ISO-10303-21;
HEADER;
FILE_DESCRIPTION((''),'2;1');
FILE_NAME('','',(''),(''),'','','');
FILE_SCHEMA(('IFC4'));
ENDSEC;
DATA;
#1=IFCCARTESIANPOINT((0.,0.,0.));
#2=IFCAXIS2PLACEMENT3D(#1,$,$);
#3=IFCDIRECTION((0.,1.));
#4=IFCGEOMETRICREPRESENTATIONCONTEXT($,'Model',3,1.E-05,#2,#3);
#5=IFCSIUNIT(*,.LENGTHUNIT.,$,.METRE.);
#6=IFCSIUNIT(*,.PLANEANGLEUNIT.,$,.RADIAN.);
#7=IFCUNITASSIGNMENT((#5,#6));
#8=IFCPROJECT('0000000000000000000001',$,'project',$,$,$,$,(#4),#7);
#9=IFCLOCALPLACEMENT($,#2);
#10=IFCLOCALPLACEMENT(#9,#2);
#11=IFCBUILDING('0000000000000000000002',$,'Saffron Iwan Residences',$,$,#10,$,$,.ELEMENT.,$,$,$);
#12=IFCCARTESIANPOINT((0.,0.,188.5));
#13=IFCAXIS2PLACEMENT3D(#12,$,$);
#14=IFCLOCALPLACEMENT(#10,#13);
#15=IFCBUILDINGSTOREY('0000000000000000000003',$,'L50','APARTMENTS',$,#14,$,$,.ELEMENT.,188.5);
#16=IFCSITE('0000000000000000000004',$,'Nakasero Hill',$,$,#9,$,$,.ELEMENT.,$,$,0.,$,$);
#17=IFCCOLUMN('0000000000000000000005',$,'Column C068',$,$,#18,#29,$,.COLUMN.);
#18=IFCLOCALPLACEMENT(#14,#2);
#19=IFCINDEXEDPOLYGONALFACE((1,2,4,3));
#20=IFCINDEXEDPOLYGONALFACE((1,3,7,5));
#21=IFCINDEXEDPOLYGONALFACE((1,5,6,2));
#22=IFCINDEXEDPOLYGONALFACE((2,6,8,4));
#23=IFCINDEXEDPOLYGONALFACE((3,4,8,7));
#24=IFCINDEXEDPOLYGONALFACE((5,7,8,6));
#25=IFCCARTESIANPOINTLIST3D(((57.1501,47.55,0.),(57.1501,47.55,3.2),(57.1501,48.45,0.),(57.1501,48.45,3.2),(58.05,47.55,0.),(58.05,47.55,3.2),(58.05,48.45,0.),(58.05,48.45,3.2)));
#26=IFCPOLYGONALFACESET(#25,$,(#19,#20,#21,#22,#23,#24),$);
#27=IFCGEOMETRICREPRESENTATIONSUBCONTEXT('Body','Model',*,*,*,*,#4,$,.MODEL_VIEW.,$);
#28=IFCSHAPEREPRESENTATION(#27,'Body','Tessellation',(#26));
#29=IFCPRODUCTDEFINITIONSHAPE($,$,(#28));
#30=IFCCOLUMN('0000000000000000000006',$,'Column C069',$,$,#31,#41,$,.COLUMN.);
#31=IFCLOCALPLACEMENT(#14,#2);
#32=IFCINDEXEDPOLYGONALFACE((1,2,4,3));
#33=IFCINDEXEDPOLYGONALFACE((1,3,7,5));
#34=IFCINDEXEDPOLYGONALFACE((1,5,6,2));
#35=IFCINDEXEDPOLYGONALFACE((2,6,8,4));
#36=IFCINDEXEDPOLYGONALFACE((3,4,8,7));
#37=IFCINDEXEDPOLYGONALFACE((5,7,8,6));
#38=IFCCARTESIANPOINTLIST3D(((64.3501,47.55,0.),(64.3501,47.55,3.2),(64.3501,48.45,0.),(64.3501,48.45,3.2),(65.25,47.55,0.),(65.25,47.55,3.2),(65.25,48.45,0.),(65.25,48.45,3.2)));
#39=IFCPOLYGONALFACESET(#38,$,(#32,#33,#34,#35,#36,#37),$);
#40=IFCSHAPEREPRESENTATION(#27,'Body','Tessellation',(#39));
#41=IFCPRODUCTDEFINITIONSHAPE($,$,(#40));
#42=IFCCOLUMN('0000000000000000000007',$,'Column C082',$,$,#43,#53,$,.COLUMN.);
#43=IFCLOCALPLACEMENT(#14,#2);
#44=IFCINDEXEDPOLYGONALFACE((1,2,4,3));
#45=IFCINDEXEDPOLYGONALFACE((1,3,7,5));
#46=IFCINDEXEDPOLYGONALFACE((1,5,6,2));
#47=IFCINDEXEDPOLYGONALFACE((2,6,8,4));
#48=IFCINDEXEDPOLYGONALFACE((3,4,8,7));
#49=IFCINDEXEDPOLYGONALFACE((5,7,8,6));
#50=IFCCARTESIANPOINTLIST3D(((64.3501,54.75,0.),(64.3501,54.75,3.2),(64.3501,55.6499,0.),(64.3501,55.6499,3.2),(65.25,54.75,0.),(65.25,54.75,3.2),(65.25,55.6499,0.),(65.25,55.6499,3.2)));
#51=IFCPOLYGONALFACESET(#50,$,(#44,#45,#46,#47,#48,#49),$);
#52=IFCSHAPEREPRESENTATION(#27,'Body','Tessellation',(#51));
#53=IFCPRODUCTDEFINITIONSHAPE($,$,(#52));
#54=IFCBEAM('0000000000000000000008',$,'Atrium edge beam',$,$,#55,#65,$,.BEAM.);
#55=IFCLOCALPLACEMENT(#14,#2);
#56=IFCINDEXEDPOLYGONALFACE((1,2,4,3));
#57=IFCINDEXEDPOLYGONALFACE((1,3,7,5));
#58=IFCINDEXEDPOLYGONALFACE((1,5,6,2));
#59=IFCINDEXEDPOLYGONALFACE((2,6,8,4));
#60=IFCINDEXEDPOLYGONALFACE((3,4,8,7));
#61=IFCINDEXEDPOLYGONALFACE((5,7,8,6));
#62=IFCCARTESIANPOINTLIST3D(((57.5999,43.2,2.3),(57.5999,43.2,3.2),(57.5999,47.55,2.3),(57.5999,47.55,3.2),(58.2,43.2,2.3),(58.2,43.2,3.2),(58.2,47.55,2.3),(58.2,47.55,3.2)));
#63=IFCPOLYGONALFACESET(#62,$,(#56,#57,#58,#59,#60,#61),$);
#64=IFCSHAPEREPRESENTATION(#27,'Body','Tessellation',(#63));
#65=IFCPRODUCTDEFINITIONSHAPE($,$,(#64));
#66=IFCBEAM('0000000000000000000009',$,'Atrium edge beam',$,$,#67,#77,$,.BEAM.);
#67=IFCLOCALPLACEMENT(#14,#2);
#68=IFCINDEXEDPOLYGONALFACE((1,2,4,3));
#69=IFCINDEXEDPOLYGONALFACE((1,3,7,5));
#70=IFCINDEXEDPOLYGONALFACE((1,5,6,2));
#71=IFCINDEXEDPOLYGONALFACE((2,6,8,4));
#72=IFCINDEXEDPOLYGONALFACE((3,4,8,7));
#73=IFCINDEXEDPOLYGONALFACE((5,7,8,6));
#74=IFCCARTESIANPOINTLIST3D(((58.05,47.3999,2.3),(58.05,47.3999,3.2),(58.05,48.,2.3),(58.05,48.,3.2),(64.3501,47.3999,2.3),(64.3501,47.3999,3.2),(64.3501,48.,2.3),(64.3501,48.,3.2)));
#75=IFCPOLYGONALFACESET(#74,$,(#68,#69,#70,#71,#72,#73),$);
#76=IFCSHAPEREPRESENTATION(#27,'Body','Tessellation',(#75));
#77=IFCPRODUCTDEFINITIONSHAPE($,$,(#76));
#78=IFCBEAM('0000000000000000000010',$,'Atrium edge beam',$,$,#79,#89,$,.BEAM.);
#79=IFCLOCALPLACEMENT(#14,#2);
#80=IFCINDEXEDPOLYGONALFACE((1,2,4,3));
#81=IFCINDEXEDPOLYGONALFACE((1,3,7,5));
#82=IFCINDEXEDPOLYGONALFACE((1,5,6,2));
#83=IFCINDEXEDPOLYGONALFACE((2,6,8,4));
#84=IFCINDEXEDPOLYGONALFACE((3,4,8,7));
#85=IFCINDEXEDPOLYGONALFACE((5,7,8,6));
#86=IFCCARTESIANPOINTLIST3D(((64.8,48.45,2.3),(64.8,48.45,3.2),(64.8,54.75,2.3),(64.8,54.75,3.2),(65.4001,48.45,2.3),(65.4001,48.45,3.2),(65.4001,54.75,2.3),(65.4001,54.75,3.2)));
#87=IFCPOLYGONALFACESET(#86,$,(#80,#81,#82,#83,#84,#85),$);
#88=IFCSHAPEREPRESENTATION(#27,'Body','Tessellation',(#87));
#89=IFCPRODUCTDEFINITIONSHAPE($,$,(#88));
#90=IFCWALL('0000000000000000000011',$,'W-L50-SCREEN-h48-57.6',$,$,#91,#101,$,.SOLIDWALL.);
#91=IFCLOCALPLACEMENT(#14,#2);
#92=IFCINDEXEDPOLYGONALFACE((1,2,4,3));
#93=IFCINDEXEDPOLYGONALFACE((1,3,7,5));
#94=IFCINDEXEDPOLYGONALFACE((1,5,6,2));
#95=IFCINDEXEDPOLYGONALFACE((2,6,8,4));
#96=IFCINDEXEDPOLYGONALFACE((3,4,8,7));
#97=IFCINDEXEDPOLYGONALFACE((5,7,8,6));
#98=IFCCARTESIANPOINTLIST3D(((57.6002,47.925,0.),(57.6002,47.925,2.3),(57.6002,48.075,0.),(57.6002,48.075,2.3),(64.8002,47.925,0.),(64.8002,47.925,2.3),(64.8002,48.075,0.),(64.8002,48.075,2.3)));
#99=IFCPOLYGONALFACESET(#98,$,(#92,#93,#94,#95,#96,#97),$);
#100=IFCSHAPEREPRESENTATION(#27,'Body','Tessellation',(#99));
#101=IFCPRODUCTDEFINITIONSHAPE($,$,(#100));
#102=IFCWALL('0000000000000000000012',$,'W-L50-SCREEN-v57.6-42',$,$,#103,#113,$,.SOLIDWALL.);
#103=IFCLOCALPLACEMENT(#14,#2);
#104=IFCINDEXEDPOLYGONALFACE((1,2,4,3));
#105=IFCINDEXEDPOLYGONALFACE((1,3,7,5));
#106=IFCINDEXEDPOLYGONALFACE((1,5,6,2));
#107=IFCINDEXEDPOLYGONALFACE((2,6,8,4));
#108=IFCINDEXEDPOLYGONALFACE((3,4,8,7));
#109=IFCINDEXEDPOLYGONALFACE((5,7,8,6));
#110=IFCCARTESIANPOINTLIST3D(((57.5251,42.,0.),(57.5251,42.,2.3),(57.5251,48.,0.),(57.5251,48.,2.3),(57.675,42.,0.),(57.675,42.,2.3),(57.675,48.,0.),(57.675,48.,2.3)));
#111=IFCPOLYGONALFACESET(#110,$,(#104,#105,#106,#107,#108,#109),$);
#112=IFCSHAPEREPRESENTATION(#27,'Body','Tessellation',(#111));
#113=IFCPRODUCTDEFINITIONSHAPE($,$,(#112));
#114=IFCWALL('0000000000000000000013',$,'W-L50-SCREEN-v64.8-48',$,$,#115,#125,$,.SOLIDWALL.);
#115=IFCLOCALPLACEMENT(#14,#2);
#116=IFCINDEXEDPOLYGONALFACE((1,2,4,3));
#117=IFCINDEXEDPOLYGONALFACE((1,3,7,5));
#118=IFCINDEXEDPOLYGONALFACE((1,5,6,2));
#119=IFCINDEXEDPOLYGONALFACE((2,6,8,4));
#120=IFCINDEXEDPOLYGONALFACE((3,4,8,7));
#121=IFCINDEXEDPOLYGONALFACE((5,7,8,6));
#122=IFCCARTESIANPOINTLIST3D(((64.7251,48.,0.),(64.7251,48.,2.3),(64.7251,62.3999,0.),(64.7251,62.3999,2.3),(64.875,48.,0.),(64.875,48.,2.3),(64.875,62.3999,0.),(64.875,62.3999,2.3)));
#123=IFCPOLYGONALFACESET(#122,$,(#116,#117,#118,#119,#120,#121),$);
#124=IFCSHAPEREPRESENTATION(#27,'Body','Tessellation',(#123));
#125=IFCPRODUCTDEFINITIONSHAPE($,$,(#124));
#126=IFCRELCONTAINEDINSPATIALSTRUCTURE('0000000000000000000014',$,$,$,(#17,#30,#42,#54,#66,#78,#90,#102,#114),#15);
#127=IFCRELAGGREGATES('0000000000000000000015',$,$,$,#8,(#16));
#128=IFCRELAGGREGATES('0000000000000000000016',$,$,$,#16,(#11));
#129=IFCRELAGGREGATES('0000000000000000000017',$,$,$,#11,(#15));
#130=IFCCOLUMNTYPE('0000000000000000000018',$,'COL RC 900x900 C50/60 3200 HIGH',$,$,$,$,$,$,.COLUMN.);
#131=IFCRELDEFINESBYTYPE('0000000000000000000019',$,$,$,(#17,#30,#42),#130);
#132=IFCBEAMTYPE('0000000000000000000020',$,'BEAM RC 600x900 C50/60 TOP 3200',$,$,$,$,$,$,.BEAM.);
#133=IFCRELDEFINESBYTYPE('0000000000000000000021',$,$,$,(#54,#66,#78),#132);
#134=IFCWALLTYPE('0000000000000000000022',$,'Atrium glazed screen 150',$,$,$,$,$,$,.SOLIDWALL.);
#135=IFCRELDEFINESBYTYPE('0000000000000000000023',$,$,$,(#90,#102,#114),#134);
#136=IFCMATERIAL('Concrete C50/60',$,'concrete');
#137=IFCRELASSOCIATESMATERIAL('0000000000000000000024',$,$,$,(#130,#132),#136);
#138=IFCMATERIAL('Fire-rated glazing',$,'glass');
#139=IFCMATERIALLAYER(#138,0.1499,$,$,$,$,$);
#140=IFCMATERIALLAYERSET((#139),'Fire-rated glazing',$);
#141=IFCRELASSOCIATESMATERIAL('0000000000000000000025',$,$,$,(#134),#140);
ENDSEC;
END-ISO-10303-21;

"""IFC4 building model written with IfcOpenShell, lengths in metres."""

from ifc_helpers import new_model, si_unit, direction, frame, frame_2d, origin, origin_2d, place, context, subcontext, project, spatial, rectangle, extrude, source, transform, mapped, material, layer, layer_set, material_profile, profile_set, type_object, element, save


model = new_model("IFC4")

# Units and contexts
model_context = context("Model", 3, precision=1e-05, world=origin(), true_north=direction((0.0, 1.0)))
body_context = subcontext(model_context, "Body", "Model", "MODEL_VIEW")
ifc_project = project(units=[si_unit("LENGTHUNIT", "METRE"), si_unit("PLANEANGLEUNIT", "RADIAN")], contexts=[model_context])

# Site, building, storey
site_placement = place(None, origin())
site = spatial("IfcSite", under=ifc_project, at=site_placement, Name="Nakasero Hill", CompositionType="ELEMENT", RefElevation=0.0)
building_placement = place(site_placement, origin())
building = spatial("IfcBuilding", under=site, at=building_placement, Name="Saffron Iwan Residences", CompositionType="ELEMENT")
storey_placement = place(building_placement, frame((0.0, 0.0, 188.5)))
storey = spatial("IfcBuildingStorey", under=building, at=storey_placement, Name="L50", Description="APARTMENTS", CompositionType="ELEMENT", Elevation=188.5)

# Columns
ifc_material_1 = material(Name="Concrete C50/60", Category="concrete")
ifc_material_profile_1 = material_profile(ifc_material_1, rectangle(XDim=0.8999, YDim=0.8999, at=origin_2d()), Name="RC 900x900")
ifc_profile_set_1 = profile_set([ifc_material_profile_1], Name="Concrete C50/60")
column_type = type_object("IfcColumnType", Name="COL RC 900x900 C50/60 3200 HIGH", PredefinedType="COLUMN", material=ifc_profile_set_1)
shared_shape_1 = source(origin(), body_context, "Body", "SweptSolid", [
    extrude(rectangle(XDim=0.8999, YDim=0.8999, at=origin_2d()), origin(), (0.0, 0.0, 1.0), 3.2),
])
for number, where, z_axis, x_axis, name in (
    (1, (57.6001, 48.0, 0.0), (0.0, 0.0, 1.0), (1.0, 0.0, 0.0), "Column C068"),
    (2, (64.8, 48.0, 0.0), (0.0, 0.0, 1.0), (1.0, 0.0, 0.0), "Column C069"),
    (3, (64.8, 55.2, 0.0), (0.0, 0.0, 1.0), (1.0, 0.0, 0.0), "Column C082"),
):
    element("IfcColumn", number, at=place(storey_placement, frame(where, z_axis=z_axis, x_axis=x_axis)), inside=storey, type_object=column_type, Name=name, PredefinedType="COLUMN", context=body_context, shape_type="MappedRepresentation", body=[
        mapped(shared_shape_1, transform((0.0, 0.0, 0.0))),
    ])

# Beams
ifc_material_profile_2 = material_profile(ifc_material_1, rectangle(XDim=0.6001, YDim=0.8999, at=origin_2d()), Name="RC 600x900")
ifc_profile_set_2 = profile_set([ifc_material_profile_2], Name="Concrete C50/60")
beam_type = type_object("IfcBeamType", Name="BEAM RC 600x900 C50/60 TOP 3200", PredefinedType="BEAM", material=ifc_profile_set_2)
shared_shape_2 = source(origin(), body_context, "Body", "SweptSolid", [
    extrude(rectangle(XDim=0.6001, YDim=0.8999, at=origin_2d()), origin(), (0.0, 0.0, 1.0), 4.3501),
])
beam_placement = place(storey_placement, frame((57.8999, 47.55, 2.75), z_axis=(0.0, -1.0, 0.0), x_axis=(1.0, 0.0, 0.0)))
element("IfcBeam", 4, at=beam_placement, inside=storey, type_object=beam_type, Name="Atrium edge beam", PredefinedType="BEAM", context=body_context, shape_type="MappedRepresentation", body=[
    mapped(shared_shape_2, transform((0.0, 0.0, 0.0))),
])
shared_shape_3 = source(origin(), body_context, "Body", "SweptSolid", [
    extrude(rectangle(XDim=0.6001, YDim=0.8999, at=origin_2d()), origin(), (0.0, 0.0, 1.0), 6.3),
])
for number, where, z_axis, x_axis, name in (
    (5, (64.3501, 47.7, 2.75), (-1.0, 0.0, 0.0), (0.0, -1.0, 0.0), "Atrium edge beam"),
    (6, (65.1001, 54.75, 2.75), (0.0, -1.0, 0.0), (1.0, 0.0, 0.0), "Atrium edge beam"),
):
    element("IfcBeam", number, at=place(storey_placement, frame(where, z_axis=z_axis, x_axis=x_axis)), inside=storey, type_object=beam_type, Name=name, PredefinedType="BEAM", context=body_context, shape_type="MappedRepresentation", body=[
        mapped(shared_shape_3, transform((0.0, 0.0, 0.0))),
    ])

# Walls
ifc_material_2 = material(Name="Fire-rated glazing", Category="glass")
ifc_layer_1 = layer(ifc_material_2, 0.1499)
ifc_layer_set_1 = layer_set([ifc_layer_1], Name="Fire-rated glazing")
wall_type_1 = type_object("IfcWallType", Name="Atrium glazed screen 150", PredefinedType="SOLIDWALL", material=ifc_layer_set_1)
wall_1_placement = place(storey_placement, frame((57.6001, 48.0, 0.0), z_axis=(0.0, 0.0, 1.0), x_axis=(1.0, 0.0, 0.0)))
element("IfcWall", 7, at=wall_1_placement, inside=storey, type_object=wall_type_1, Name="W-L50-SCREEN-h48-57.6", PredefinedType="SOLIDWALL", context=body_context, shape_type="SweptSolid", body=[
    extrude(rectangle(XDim=7.2, YDim=0.1499, at=frame_2d((3.6001, 0.0))), origin(), (0.0, 0.0, 1.0), 2.3),
])
wall_2_placement = place(storey_placement, frame((57.6001, 42.0, 0.0), z_axis=(0.0, 0.0, 1.0), x_axis=(0.0, 1.0, 0.0)))
element("IfcWall", 8, at=wall_2_placement, inside=storey, type_object=wall_type_1, Name="W-L50-SCREEN-v57.6-42", PredefinedType="SOLIDWALL", context=body_context, shape_type="SweptSolid", body=[
    extrude(rectangle(XDim=6.0, YDim=0.1499, at=frame_2d((3.0, 0.0))), origin(), (0.0, 0.0, 1.0), 2.3),
])
wall_3_placement = place(storey_placement, frame((64.8, 48.0, 0.0), z_axis=(0.0, 0.0, 1.0), x_axis=(0.0, 1.0, 0.0)))
element("IfcWall", 9, at=wall_3_placement, inside=storey, type_object=wall_type_1, Name="W-L50-SCREEN-v64.8-48", PredefinedType="SOLIDWALL", context=body_context, shape_type="SweptSolid", body=[
    extrude(rectangle(XDim=14.3999, YDim=0.1499, at=frame_2d((7.2, 0.0))), origin(), (0.0, 0.0, 1.0), 2.3),
])

save(model, "model.ifc")
